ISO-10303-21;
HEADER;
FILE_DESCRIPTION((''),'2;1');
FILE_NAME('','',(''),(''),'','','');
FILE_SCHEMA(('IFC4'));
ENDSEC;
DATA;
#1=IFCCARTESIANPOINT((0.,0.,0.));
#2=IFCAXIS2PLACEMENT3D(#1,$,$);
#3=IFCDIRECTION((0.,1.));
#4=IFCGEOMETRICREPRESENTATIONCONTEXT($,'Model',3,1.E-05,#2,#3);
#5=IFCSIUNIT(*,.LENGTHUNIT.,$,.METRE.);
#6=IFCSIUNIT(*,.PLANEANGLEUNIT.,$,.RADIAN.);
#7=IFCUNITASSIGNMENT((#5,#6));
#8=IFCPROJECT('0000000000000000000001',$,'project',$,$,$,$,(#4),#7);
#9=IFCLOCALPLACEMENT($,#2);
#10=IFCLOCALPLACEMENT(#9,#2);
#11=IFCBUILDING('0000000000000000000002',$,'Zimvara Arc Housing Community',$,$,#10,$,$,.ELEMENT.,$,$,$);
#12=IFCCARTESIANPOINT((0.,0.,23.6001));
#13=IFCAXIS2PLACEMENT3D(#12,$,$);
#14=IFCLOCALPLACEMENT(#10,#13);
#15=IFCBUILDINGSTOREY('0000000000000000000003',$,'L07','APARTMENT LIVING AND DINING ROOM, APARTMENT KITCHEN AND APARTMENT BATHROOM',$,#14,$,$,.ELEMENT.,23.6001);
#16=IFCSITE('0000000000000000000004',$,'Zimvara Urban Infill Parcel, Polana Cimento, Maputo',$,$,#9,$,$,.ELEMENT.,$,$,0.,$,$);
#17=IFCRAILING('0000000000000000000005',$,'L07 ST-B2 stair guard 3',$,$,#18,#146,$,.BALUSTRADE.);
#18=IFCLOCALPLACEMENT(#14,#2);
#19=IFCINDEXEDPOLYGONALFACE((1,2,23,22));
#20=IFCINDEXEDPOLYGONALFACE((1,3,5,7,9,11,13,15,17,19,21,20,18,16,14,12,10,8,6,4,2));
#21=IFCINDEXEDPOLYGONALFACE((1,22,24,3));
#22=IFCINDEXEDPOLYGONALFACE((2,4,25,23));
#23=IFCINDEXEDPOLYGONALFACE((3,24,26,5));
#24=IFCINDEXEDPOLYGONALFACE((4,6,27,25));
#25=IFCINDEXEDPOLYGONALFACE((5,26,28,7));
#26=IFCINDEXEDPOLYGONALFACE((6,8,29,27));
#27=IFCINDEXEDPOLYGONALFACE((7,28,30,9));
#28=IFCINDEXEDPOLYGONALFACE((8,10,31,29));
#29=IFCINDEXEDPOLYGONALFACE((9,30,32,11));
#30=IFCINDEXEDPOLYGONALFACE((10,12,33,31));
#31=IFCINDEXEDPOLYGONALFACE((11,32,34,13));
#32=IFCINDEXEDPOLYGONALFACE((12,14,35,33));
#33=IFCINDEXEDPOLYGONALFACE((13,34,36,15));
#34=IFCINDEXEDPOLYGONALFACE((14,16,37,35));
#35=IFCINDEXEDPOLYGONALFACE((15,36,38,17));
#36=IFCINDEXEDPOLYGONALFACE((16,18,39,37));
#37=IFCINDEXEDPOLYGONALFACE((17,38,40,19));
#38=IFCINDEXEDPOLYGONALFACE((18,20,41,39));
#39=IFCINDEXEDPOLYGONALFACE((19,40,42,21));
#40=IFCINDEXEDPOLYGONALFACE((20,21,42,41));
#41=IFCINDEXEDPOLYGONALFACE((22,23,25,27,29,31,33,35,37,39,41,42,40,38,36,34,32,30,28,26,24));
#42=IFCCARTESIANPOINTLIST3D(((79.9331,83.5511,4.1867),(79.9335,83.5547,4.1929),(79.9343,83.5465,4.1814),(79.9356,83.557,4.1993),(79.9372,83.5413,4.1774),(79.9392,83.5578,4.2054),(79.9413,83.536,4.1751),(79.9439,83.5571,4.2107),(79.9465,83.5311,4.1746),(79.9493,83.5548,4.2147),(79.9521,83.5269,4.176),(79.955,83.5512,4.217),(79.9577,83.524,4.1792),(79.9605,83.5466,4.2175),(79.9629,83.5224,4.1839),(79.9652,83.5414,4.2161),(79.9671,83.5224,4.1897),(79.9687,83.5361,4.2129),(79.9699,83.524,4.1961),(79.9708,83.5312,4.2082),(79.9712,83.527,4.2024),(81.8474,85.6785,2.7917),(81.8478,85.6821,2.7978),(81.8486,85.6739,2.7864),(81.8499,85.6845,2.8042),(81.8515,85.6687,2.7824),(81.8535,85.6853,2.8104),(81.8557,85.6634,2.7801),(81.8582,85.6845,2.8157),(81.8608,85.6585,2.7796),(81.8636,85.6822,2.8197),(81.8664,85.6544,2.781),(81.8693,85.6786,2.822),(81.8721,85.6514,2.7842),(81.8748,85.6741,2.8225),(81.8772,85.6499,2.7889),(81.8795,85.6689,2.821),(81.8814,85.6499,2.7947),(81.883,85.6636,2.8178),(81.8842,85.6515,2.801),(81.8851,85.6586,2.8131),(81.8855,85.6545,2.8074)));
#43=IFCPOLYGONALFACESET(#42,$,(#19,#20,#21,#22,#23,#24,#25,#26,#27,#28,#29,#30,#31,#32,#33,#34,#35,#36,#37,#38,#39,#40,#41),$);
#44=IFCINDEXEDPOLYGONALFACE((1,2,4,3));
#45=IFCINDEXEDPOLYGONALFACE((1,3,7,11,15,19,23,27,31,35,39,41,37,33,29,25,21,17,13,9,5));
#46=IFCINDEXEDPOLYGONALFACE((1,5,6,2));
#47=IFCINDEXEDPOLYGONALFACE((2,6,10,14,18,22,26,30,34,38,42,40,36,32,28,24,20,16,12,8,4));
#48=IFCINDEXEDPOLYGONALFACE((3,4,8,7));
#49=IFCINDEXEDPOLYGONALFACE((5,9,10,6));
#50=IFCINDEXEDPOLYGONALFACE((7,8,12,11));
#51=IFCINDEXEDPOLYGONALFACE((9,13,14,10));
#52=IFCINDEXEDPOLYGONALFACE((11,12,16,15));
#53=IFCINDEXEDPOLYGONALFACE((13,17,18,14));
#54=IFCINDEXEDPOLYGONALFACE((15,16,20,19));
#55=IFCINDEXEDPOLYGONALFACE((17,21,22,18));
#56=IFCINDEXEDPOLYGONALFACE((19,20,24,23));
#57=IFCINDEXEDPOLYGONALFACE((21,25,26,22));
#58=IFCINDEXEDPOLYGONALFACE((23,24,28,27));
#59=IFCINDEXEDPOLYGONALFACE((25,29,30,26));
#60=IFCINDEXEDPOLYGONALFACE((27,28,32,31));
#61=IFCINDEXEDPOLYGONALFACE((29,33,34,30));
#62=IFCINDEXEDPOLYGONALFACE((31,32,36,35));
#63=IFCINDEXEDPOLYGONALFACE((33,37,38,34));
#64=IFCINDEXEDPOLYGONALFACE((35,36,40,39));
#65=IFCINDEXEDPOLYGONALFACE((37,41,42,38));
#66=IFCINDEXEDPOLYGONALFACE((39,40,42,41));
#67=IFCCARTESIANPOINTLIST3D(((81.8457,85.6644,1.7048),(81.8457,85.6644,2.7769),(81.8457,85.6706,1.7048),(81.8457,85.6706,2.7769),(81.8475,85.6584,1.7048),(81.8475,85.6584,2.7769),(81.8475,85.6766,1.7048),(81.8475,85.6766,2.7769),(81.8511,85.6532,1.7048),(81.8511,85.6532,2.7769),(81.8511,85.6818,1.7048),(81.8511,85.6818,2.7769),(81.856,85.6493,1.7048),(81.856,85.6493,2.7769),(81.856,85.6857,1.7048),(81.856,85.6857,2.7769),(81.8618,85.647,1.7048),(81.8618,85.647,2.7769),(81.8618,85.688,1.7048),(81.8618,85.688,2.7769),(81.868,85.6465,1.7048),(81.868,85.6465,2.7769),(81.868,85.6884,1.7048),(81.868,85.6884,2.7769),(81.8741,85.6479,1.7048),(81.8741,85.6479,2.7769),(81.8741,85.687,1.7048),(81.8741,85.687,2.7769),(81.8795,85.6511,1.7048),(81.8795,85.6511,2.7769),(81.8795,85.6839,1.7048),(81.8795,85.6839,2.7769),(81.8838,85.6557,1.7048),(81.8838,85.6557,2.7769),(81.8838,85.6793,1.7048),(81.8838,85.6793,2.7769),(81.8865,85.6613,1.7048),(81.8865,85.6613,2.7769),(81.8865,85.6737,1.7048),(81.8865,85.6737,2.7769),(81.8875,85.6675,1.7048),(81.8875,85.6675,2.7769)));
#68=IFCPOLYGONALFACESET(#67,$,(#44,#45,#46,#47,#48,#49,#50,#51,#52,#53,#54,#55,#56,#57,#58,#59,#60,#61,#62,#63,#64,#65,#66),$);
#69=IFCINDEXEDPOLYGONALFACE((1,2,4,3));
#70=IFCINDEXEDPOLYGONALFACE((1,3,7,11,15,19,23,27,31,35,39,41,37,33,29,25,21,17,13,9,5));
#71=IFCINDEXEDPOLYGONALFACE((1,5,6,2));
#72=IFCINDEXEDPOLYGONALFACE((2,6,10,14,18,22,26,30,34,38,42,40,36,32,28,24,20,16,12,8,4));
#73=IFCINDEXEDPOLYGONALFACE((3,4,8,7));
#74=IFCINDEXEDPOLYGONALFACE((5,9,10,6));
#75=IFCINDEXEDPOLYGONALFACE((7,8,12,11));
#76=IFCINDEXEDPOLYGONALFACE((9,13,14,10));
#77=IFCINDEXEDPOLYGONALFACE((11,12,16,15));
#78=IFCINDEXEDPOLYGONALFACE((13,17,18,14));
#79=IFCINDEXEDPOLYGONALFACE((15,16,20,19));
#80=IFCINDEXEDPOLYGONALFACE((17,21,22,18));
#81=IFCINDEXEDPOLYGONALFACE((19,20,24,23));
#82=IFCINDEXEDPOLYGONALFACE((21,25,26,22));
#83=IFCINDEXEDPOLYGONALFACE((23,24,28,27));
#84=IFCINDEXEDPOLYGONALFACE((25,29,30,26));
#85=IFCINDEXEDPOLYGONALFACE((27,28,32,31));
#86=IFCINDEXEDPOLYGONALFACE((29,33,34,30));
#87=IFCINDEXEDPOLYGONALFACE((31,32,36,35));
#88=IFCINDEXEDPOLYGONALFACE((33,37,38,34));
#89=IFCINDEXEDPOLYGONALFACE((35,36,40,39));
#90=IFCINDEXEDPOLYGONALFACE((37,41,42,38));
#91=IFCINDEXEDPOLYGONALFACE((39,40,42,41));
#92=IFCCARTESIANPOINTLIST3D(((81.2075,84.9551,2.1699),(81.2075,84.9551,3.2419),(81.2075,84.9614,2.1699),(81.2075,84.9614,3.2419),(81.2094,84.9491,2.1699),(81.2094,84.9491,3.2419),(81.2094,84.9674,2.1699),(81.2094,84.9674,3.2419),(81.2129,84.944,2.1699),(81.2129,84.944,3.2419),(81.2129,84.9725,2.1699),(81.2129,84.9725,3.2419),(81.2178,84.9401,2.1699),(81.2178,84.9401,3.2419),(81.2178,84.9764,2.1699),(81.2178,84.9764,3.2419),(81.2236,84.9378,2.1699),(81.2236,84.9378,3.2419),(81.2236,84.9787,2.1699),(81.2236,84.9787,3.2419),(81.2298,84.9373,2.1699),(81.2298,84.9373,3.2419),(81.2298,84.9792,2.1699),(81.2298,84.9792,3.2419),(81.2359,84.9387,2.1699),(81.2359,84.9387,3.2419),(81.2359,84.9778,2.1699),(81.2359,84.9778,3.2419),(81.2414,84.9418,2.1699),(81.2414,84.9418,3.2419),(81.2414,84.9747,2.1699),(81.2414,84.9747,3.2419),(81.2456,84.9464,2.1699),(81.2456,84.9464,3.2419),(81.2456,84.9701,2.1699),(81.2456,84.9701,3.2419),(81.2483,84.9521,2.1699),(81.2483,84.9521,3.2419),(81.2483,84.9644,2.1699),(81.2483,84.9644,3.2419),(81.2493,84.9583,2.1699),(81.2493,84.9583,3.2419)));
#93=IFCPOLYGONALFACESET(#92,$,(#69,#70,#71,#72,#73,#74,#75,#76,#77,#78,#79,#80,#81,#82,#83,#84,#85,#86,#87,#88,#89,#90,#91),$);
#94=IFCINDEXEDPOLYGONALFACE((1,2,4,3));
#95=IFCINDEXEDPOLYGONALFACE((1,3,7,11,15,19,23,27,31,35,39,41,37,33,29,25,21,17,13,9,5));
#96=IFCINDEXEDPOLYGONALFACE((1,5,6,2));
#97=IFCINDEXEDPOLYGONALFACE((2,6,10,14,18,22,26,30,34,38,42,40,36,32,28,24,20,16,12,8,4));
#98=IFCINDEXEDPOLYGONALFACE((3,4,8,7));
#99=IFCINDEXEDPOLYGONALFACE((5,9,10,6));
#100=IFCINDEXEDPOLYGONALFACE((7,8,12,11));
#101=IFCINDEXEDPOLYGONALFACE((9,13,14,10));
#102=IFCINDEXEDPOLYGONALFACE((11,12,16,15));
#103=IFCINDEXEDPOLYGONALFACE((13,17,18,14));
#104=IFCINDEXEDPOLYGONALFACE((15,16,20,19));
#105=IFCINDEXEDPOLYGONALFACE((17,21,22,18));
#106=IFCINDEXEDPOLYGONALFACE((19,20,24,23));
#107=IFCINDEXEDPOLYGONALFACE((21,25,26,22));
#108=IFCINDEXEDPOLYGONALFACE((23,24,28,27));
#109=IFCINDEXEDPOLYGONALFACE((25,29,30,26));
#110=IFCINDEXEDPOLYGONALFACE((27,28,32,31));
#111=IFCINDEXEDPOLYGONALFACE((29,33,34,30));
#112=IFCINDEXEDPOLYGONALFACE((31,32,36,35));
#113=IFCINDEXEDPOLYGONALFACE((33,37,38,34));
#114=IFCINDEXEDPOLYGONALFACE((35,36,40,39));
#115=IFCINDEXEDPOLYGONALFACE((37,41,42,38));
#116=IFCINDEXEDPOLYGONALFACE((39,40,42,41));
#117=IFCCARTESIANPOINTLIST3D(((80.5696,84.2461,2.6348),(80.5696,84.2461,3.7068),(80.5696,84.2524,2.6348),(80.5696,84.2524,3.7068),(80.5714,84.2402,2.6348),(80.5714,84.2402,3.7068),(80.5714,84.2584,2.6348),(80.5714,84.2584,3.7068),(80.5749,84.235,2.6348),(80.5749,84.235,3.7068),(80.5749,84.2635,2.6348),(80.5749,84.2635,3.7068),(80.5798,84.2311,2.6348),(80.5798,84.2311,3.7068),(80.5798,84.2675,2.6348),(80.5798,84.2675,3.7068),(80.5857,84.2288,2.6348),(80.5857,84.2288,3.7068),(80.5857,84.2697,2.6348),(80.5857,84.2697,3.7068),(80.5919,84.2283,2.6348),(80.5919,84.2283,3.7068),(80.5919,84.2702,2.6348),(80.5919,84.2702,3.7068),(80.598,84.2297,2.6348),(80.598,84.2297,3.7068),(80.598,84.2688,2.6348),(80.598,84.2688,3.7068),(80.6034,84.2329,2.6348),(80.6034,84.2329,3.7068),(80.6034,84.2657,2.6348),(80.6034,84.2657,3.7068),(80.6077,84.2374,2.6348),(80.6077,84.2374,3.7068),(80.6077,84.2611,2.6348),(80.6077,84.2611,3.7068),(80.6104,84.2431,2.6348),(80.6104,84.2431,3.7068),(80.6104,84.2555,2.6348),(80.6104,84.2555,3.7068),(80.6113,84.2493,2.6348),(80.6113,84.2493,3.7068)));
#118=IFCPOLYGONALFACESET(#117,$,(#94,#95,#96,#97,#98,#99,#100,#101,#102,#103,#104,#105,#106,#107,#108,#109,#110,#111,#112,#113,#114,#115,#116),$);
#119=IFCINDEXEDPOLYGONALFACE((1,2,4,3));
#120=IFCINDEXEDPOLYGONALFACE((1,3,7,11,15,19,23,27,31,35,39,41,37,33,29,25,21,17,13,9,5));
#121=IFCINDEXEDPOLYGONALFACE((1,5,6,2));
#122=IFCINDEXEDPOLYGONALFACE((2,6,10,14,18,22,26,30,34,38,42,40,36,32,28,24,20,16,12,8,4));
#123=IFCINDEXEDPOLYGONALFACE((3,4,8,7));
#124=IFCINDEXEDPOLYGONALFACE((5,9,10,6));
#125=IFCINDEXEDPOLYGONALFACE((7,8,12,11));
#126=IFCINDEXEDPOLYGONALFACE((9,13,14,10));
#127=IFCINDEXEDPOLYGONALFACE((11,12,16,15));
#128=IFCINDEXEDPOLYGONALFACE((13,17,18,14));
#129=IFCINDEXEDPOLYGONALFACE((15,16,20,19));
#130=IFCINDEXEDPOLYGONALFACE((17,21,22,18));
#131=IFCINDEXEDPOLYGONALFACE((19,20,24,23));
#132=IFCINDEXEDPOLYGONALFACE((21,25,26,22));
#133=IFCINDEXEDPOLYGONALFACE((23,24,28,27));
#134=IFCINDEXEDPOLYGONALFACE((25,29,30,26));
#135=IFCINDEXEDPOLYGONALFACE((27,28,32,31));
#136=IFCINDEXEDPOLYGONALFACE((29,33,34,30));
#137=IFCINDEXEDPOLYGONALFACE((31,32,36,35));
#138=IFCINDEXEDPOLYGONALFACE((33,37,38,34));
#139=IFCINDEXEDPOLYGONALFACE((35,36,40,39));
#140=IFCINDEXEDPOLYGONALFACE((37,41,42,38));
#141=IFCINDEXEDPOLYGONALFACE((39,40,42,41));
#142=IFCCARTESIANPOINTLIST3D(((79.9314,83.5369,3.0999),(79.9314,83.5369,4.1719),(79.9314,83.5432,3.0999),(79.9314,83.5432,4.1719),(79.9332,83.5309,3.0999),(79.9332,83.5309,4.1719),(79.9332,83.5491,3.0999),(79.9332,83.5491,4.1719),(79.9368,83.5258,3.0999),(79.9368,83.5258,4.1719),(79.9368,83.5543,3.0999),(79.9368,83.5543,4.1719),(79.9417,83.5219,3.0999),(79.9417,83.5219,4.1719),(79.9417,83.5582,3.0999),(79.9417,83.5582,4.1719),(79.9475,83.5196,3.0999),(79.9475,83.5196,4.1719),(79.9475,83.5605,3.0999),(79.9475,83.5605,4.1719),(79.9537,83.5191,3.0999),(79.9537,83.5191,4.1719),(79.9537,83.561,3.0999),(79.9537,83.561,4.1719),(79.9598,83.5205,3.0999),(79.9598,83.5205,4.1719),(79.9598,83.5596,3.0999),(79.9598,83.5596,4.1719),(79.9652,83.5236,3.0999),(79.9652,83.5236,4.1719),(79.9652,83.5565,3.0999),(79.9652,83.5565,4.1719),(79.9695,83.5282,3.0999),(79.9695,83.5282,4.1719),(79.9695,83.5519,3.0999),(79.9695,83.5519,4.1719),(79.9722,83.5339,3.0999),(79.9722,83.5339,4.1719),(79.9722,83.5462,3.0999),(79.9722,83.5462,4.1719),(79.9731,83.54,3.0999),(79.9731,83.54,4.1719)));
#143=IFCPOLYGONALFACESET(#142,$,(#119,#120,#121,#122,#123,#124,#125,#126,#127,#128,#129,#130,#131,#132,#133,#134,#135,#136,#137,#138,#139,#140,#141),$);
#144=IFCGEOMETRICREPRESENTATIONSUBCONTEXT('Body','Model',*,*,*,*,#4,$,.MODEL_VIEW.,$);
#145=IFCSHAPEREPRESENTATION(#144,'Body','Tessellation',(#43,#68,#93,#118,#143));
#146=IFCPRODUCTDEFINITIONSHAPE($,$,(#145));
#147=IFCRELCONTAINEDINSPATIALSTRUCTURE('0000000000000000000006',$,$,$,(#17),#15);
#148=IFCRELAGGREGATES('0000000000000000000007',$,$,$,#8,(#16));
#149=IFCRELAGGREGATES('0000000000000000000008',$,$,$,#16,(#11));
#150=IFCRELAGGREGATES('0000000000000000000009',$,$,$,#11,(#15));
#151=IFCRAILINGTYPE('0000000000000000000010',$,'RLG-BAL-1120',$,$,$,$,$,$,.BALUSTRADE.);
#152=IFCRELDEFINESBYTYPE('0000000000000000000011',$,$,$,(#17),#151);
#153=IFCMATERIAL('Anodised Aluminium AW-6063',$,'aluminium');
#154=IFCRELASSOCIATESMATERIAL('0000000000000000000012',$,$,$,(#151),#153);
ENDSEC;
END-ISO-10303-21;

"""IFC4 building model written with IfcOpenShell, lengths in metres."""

from ifc_helpers import new_model, si_unit, direction, frame, origin, origin_2d, place, context, subcontext, project, spatial, circle, extrude, material, type_object, element, save


model = new_model("IFC4")

# Units and contexts
model_context = context("Model", 3, precision=1e-05, world=origin(), true_north=direction((0.0, 1.0)))
body_context = subcontext(model_context, "Body", "Model", "MODEL_VIEW")
ifc_project = project(units=[si_unit("LENGTHUNIT", "METRE"), si_unit("PLANEANGLEUNIT", "RADIAN")], contexts=[model_context])

# Site, building, storey
site_placement = place(None, origin())
site = spatial("IfcSite", under=ifc_project, at=site_placement, Name="Zimvara Urban Infill Parcel, Polana Cimento, Maputo", CompositionType="ELEMENT", RefElevation=0.0)
building_placement = place(site_placement, origin())
building = spatial("IfcBuilding", under=site, at=building_placement, Name="Zimvara Arc Housing Community", CompositionType="ELEMENT")
storey_placement = place(building_placement, frame((0.0, 0.0, 23.6001)))
storey = spatial("IfcBuildingStorey", under=building, at=storey_placement, Name="L07", Description="APARTMENT LIVING AND DINING ROOM, APARTMENT KITCHEN AND APARTMENT BATHROOM", CompositionType="ELEMENT", Elevation=23.6001)

# Railing
ifc_material_1 = material(Name="Anodised Aluminium AW-6063", Category="aluminium")
railing_type_1 = type_object("IfcRailingType", Name="RLG-BAL-1120", PredefinedType="BALUSTRADE", material=ifc_material_1)
railing_1_placement = place(storey_placement, frame((81.8665, 85.6675, 1.7048)))
element("IfcRailing", 1, at=railing_1_placement, inside=storey, type_object=railing_type_1, Name="L07 ST-B2 stair guard 3", PredefinedType="BALUSTRADE", context=body_context, shape_type="SweptSolid", body=[
    extrude(circle(Radius=0.0239, at=origin_2d()), frame((0.0, 0.0, 1.0962), z_axis=(-0.601263, -0.668206, 0.43816), x_axis=(0.743362, -0.668889, 0.0)), (0.0, 0.0, 1.0), 3.1838),
    extrude(circle(Radius=0.021, at=origin_2d()), origin(), (0.0, 0.0, 1.0), 1.072),
    extrude(circle(Radius=0.021, at=origin_2d()), frame((-0.6382, -0.7092, 0.4651)), (0.0, 0.0, 1.0), 1.072),
    extrude(circle(Radius=0.021, at=origin_2d()), frame((-1.2761, -1.4182, 0.9299)), (0.0, 0.0, 1.0), 1.072),
    extrude(circle(Radius=0.021, at=origin_2d()), frame((-1.9143, -2.1274, 1.395)), (0.0, 0.0, 1.0), 1.072),
])

save(model, "model.ifc")
